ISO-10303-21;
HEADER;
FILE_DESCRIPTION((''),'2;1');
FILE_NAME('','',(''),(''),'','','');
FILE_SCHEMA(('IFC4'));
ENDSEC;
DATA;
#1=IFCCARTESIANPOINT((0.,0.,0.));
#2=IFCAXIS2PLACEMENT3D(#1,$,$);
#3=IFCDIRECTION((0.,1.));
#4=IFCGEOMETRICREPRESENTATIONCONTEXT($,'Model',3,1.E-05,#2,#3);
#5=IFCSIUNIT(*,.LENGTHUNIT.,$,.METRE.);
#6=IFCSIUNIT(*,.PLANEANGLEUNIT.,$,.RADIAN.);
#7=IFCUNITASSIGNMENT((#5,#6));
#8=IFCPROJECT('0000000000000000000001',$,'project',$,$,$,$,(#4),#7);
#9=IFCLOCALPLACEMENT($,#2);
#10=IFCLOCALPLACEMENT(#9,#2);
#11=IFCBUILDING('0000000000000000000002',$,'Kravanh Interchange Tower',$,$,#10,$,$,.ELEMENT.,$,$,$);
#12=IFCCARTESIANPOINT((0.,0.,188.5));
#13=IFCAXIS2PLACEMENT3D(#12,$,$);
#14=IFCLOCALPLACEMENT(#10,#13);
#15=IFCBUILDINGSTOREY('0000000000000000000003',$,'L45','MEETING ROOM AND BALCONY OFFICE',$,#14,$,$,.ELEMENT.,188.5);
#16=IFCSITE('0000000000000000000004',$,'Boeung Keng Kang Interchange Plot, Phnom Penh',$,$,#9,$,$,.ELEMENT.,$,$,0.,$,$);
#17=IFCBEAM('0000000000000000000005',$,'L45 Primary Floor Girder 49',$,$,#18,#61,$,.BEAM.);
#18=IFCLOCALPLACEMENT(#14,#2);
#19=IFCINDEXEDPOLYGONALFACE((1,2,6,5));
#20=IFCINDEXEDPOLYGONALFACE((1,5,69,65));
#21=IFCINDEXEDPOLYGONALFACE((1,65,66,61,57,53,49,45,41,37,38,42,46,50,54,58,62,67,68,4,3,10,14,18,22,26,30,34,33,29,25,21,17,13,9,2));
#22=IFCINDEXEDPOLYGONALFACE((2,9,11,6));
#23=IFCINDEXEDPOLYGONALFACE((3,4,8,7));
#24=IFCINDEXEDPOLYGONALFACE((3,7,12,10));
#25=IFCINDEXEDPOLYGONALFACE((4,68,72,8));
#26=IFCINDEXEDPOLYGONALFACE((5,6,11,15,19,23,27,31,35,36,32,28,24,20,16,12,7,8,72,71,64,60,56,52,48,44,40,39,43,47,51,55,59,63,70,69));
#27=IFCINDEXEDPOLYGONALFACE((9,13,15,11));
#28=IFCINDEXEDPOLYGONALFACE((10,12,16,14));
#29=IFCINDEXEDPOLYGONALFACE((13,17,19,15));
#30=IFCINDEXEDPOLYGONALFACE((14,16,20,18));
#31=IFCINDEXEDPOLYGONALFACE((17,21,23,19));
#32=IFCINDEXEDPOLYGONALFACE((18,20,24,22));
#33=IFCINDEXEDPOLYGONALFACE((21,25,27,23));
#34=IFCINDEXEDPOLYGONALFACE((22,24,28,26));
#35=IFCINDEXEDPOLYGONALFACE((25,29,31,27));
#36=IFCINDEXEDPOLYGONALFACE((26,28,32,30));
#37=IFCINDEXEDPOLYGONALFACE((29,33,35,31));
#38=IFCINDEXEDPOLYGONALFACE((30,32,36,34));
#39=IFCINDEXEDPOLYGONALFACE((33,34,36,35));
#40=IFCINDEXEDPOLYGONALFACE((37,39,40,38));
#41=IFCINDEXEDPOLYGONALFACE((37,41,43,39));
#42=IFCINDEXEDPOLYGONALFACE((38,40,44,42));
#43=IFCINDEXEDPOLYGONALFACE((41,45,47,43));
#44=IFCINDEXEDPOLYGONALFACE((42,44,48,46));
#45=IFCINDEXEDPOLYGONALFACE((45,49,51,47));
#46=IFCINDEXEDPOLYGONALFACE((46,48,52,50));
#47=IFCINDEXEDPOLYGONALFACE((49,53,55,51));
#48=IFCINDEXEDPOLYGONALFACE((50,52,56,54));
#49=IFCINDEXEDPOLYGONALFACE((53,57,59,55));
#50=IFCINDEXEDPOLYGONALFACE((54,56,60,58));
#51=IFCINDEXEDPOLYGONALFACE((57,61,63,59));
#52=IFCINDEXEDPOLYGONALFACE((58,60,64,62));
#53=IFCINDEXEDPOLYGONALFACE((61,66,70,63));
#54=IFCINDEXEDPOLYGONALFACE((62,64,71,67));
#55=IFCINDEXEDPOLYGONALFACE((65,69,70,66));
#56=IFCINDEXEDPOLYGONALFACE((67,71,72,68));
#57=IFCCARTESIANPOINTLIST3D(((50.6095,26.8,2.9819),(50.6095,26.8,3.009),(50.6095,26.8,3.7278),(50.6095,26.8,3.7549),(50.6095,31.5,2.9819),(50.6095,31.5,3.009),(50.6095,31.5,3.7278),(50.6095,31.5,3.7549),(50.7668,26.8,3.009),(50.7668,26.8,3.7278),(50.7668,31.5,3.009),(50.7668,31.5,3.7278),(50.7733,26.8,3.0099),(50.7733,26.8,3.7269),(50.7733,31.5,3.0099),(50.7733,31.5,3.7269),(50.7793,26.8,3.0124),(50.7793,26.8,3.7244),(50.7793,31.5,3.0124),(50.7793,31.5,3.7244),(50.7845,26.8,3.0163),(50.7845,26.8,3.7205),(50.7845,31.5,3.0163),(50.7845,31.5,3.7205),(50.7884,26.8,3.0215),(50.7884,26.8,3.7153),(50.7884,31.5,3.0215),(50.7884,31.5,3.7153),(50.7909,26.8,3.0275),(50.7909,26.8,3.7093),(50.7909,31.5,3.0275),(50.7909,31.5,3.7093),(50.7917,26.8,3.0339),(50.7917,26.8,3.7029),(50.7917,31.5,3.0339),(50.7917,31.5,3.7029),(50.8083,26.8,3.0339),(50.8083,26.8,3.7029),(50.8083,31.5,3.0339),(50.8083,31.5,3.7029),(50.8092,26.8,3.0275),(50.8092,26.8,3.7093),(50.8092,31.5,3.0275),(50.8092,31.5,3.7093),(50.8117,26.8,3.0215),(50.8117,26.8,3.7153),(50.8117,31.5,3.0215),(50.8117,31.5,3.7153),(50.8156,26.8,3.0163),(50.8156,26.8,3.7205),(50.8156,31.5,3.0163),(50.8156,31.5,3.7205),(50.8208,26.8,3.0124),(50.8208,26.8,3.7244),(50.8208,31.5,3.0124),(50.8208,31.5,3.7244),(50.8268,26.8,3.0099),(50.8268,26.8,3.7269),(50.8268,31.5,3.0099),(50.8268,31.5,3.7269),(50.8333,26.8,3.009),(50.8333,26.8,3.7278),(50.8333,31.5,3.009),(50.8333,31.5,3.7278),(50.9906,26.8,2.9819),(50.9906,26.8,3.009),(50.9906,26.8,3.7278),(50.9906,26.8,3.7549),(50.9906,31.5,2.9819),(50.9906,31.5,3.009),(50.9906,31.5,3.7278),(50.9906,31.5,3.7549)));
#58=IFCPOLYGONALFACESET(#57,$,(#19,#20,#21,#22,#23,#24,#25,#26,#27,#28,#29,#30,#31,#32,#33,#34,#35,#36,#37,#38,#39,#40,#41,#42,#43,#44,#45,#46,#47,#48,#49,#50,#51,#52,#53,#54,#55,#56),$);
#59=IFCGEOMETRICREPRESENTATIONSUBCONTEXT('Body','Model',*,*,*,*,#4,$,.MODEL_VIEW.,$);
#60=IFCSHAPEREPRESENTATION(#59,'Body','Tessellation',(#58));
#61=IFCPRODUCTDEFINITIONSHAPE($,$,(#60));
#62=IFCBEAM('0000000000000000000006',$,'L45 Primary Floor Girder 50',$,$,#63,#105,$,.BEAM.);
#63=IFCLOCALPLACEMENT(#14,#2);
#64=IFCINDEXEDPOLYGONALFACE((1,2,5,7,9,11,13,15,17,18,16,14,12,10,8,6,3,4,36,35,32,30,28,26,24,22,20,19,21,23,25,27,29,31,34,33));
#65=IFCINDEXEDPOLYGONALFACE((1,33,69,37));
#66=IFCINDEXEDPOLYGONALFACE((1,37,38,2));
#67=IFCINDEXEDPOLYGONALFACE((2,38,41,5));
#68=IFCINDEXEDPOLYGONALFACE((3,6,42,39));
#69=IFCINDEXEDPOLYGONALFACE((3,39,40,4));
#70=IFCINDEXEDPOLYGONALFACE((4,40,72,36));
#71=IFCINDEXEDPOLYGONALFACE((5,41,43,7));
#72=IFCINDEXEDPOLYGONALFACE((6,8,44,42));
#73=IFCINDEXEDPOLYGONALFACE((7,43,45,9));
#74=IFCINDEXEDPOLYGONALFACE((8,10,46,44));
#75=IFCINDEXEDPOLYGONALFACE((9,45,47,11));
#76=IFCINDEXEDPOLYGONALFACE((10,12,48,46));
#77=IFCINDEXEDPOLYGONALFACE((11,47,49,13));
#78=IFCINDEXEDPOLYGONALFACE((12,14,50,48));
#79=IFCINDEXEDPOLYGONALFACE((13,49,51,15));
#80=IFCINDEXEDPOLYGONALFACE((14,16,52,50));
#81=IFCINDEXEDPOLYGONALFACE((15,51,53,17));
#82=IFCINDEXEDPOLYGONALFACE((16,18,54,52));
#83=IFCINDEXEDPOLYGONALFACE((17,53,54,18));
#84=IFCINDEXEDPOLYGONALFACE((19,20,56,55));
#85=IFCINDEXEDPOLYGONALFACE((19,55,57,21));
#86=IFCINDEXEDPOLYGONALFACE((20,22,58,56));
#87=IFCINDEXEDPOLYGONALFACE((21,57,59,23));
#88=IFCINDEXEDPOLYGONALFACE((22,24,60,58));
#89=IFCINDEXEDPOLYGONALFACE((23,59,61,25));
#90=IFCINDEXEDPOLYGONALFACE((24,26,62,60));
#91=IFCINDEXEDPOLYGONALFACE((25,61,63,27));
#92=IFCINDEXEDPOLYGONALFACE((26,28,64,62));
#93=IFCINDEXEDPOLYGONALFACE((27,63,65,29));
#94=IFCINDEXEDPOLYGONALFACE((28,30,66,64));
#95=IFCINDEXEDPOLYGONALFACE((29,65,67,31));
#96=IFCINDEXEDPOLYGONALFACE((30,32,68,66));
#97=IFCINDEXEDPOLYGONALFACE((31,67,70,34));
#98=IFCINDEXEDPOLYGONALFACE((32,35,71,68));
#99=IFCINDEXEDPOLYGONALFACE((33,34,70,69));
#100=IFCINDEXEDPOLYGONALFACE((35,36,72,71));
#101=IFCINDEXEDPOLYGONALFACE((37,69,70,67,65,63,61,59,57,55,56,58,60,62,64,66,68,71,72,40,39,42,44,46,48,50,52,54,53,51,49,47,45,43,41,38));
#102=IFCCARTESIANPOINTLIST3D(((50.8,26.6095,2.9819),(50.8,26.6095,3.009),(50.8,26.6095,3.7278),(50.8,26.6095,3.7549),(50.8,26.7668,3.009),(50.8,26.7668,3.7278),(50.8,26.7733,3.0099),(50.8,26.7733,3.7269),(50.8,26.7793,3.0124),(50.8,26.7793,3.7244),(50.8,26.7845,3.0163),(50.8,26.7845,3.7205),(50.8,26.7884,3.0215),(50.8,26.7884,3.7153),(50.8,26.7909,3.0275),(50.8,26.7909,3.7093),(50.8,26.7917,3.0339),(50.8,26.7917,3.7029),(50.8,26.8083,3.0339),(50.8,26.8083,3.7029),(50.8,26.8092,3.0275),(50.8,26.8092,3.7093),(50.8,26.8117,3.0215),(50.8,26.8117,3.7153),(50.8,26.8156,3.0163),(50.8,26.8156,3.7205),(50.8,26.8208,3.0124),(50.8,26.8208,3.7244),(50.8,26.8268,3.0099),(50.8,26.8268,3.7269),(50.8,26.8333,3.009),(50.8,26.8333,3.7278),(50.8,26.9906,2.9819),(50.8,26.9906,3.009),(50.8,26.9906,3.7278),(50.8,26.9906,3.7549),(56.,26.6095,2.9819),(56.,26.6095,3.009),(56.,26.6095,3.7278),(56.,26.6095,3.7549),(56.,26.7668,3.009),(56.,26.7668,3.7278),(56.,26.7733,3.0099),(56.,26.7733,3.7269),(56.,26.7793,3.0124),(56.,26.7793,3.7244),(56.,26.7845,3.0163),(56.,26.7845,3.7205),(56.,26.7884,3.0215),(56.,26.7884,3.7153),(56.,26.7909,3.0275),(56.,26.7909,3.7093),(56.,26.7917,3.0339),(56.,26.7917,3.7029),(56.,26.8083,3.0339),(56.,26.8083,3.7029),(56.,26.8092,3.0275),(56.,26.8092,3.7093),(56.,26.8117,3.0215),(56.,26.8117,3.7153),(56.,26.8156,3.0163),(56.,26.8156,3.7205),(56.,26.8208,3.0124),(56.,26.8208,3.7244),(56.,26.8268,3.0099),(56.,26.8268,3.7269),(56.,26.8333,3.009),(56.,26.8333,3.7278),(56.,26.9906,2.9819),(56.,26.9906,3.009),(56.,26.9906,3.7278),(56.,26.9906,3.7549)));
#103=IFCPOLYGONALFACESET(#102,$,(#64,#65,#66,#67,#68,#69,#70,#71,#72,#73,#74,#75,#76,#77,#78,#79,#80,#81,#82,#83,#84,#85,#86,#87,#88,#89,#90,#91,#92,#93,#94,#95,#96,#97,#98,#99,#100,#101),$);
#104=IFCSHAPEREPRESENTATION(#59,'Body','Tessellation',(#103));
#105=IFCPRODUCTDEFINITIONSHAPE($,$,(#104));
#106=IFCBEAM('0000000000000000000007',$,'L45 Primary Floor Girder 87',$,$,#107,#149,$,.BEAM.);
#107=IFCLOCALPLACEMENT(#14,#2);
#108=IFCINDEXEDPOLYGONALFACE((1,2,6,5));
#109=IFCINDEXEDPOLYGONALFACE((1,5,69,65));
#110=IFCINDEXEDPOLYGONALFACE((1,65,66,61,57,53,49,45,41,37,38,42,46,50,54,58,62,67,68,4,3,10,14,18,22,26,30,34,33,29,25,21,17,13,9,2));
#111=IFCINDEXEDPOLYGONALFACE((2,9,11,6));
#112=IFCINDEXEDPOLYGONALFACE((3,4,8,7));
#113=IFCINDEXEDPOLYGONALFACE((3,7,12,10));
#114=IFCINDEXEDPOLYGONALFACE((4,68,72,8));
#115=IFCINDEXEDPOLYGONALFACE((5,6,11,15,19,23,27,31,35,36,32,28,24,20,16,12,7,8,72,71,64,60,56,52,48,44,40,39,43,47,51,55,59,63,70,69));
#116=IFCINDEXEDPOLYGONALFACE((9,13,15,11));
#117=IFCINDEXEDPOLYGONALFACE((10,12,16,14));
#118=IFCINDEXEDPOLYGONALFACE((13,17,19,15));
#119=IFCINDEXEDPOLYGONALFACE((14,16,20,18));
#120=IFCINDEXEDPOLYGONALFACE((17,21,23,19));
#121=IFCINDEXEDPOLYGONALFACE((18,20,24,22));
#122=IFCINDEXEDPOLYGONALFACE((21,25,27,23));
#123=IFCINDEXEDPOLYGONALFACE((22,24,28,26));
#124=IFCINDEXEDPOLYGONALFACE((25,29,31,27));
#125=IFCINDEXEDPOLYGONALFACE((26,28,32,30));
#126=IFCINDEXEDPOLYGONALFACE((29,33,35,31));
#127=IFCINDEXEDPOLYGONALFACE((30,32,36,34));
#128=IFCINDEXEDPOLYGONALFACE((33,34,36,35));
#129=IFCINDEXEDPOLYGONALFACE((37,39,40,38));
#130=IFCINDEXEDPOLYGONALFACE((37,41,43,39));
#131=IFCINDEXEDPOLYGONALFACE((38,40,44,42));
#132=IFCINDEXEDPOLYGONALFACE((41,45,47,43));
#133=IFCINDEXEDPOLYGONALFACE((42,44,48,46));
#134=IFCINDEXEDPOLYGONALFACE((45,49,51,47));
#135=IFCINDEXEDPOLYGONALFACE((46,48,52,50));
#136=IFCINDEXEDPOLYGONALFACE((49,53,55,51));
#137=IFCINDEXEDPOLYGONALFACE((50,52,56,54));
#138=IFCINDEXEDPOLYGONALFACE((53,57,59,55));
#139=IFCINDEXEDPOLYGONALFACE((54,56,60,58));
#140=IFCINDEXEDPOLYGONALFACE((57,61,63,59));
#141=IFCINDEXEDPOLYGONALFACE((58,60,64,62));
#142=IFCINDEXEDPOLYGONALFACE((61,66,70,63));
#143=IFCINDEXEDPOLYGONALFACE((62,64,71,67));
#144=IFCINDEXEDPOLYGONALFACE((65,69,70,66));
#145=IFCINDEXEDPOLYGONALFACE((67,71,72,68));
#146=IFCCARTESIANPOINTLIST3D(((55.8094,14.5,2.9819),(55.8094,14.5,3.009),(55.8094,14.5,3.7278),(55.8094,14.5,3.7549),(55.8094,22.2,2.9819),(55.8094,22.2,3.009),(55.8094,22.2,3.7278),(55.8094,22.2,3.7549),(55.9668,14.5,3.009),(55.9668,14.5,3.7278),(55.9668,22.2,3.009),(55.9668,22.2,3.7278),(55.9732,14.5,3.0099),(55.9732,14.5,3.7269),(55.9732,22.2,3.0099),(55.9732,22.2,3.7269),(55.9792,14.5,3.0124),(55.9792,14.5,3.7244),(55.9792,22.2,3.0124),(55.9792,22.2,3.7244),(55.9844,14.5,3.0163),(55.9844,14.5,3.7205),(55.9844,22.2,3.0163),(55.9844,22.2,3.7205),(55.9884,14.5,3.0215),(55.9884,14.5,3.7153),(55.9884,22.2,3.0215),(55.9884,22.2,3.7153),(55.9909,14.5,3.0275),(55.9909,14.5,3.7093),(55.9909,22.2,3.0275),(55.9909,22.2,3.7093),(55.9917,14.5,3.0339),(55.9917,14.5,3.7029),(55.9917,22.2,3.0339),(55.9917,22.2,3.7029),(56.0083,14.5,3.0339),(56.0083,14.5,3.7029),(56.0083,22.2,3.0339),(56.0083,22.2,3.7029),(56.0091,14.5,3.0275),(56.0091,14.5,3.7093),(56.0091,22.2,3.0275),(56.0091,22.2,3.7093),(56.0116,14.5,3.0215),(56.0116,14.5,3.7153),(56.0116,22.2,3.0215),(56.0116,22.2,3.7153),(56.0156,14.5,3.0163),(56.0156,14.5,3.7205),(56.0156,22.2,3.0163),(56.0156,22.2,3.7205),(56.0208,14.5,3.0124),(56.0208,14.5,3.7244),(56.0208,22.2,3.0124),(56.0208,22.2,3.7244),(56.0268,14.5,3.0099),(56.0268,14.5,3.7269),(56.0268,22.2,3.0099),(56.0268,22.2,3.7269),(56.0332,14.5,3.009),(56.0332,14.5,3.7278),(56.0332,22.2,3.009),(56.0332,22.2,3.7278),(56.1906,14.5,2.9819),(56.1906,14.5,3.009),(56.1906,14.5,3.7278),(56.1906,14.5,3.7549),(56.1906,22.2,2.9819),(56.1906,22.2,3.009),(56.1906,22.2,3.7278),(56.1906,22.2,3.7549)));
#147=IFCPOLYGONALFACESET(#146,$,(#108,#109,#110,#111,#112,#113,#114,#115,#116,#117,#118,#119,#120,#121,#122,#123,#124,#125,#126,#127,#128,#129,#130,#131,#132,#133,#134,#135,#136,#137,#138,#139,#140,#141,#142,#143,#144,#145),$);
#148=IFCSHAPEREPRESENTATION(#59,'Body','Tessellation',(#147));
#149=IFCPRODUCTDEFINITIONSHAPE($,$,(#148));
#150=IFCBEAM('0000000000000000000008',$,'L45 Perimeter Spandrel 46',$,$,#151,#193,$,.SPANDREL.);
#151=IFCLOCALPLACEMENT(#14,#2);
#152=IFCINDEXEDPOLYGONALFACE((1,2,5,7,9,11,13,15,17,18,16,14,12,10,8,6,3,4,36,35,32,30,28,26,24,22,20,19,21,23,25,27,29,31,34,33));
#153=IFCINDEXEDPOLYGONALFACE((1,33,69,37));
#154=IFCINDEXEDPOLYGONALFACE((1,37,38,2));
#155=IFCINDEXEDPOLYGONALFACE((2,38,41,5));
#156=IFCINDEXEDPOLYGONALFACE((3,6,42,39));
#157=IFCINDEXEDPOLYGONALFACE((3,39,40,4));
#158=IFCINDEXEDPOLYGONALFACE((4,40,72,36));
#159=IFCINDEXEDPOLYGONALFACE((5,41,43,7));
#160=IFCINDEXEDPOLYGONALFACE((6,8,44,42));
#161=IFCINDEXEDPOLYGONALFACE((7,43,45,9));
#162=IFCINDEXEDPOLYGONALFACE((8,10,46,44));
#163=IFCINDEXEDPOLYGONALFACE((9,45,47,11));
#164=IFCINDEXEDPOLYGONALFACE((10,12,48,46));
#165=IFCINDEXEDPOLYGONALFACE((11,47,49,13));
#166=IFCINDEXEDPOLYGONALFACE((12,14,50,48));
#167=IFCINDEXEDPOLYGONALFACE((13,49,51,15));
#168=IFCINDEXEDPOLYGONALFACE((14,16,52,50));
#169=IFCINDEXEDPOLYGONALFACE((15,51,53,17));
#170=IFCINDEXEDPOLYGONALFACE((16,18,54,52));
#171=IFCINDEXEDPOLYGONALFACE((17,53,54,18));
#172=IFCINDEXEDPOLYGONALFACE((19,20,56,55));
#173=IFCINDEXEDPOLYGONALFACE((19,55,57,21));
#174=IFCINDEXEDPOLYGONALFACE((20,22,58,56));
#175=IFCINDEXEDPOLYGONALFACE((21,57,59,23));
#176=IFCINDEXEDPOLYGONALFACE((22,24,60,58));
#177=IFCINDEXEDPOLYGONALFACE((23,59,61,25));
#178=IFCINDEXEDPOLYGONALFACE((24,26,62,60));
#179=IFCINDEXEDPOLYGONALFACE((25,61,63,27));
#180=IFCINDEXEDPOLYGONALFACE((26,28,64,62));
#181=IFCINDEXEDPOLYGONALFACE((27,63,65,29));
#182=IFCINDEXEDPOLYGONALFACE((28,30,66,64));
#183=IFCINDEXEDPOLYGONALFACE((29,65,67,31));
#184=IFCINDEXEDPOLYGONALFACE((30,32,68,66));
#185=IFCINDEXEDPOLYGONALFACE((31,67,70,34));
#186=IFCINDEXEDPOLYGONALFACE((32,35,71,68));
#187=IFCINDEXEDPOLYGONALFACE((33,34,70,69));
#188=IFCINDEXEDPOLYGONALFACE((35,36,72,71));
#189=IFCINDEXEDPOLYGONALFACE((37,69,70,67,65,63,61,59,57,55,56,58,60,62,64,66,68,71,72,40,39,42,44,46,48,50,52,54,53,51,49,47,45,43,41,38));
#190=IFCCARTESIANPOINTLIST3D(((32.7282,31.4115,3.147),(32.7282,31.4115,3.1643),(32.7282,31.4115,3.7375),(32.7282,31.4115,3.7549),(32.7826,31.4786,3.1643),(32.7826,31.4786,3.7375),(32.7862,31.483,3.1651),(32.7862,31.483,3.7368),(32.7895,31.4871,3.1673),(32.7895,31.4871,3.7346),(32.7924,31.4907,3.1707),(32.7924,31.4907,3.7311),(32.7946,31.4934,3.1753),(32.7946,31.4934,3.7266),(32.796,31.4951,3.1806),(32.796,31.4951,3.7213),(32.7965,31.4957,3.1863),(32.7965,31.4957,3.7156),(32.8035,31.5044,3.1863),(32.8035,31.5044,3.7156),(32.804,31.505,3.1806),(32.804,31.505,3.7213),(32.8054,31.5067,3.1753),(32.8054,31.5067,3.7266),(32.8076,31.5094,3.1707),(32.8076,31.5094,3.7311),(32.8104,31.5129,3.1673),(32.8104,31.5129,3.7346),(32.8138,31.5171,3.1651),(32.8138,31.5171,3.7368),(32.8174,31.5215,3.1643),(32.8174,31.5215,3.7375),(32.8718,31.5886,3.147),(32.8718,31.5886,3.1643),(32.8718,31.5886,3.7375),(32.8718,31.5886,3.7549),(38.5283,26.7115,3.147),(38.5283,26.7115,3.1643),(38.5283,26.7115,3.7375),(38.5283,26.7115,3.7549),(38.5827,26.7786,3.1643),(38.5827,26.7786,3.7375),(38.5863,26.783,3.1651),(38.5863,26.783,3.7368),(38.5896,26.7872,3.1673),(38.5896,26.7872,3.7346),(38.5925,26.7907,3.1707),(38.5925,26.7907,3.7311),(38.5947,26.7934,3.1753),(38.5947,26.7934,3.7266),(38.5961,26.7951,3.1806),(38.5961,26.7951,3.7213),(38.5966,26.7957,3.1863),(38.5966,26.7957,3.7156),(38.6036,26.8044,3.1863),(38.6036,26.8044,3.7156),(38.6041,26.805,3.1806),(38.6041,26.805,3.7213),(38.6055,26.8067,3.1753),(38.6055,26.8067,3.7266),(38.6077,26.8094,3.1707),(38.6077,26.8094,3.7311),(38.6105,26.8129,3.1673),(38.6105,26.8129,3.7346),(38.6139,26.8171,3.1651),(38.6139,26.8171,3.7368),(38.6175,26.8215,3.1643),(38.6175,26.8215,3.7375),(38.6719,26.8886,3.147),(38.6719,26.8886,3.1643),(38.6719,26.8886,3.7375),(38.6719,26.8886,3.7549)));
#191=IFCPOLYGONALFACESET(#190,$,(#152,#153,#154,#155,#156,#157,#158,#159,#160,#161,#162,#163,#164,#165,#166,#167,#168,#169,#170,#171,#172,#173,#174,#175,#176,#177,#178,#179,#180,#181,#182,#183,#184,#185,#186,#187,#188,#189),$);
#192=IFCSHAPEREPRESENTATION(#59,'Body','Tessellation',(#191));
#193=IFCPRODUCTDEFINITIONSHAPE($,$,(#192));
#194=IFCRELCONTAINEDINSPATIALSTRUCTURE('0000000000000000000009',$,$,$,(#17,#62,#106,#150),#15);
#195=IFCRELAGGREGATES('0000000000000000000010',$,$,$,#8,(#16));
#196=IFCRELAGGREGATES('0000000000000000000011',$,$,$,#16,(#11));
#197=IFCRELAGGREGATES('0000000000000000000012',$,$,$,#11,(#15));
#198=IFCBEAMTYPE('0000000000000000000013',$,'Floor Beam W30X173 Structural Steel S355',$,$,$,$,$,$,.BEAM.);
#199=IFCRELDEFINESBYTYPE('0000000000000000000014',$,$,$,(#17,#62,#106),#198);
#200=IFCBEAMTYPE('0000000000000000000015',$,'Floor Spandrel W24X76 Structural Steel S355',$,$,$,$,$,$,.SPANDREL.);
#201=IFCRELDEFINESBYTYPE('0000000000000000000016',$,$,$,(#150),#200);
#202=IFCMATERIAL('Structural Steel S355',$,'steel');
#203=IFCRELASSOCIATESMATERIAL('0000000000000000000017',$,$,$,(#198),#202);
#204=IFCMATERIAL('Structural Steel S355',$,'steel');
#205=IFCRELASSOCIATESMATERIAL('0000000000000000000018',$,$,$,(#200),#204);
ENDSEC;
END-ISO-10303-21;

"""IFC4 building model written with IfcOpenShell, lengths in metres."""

from ifc_helpers import new_model, si_unit, direction, frame, origin, origin_2d, place, context, subcontext, project, spatial, i_section, extrude, material, material_profile, profile_set, type_object, element, save


model = new_model("IFC4")

# Units and contexts
model_context = context("Model", 3, precision=1e-05, world=origin(), true_north=direction((0.0, 1.0)))
body_context = subcontext(model_context, "Body", "Model", "MODEL_VIEW")
ifc_project = project(units=[si_unit("LENGTHUNIT", "METRE"), si_unit("PLANEANGLEUNIT", "RADIAN")], contexts=[model_context])

# Site, building, storey
site_placement = place(None, origin())
site = spatial("IfcSite", under=ifc_project, at=site_placement, Name="Boeung Keng Kang Interchange Plot, Phnom Penh", CompositionType="ELEMENT", RefElevation=0.0)
building_placement = place(site_placement, origin())
building = spatial("IfcBuilding", under=site, at=building_placement, Name="Kravanh Interchange Tower", CompositionType="ELEMENT")
storey_placement = place(building_placement, frame((0.0, 0.0, 188.5)))
storey = spatial("IfcBuildingStorey", under=building, at=storey_placement, Name="L45", Description="MEETING ROOM AND BALCONY OFFICE", CompositionType="ELEMENT", Elevation=188.5)

# Beams
ifc_material_1 = material(Name="Structural Steel S355", Category="steel")
ifc_material_profile_1 = material_profile(ifc_material_1, i_section(OverallWidth=0.3811, OverallDepth=0.7729, WebThickness=0.0166, FlangeThickness=0.0271, FilletRadius=0.0249, at=origin_2d()), Name="W30X173")
ifc_profile_set_1 = profile_set([ifc_material_profile_1], Name="Structural Steel S355")
beam_type_1 = type_object("IfcBeamType", Name="Floor Beam W30X173 Structural Steel S355", PredefinedType="BEAM", material=ifc_profile_set_1)
beam_1_placement = place(storey_placement, frame((50.8, 26.8, 3.3684), z_axis=(0.0, 1.0, 0.0), x_axis=(-1.0, 0.0, 0.0)))
element("IfcBeam", 1, at=beam_1_placement, inside=storey, type_object=beam_type_1, Name="L45 Primary Floor Girder 49", PredefinedType="BEAM", context=body_context, shape_type="SweptSolid", body=[
    extrude(i_section(OverallWidth=0.3811, OverallDepth=0.7729, WebThickness=0.0166, FlangeThickness=0.0271, FilletRadius=0.0249, at=origin_2d()), origin(), (0.0, 0.0, 1.0), 4.7),
])
beam_2_placement = place(storey_placement, frame((50.8, 26.8, 3.3684), z_axis=(1.0, 0.0, 0.0), x_axis=(0.0, 1.0, 0.0)))
element("IfcBeam", 2, at=beam_2_placement, inside=storey, type_object=beam_type_1, Name="L45 Primary Floor Girder 50", PredefinedType="BEAM", context=body_context, shape_type="SweptSolid", body=[
    extrude(i_section(OverallWidth=0.3811, OverallDepth=0.7729, WebThickness=0.0166, FlangeThickness=0.0271, FilletRadius=0.0249, at=origin_2d()), origin(), (0.0, 0.0, 1.0), 5.2),
])
beam_3_placement = place(storey_placement, frame((56.0, 14.5, 3.3684), z_axis=(0.0, 1.0, 0.0), x_axis=(-1.0, 0.0, 0.0)))
element("IfcBeam", 3, at=beam_3_placement, inside=storey, type_object=beam_type_1, Name="L45 Primary Floor Girder 87", PredefinedType="BEAM", context=body_context, shape_type="SweptSolid", body=[
    extrude(i_section(OverallWidth=0.3811, OverallDepth=0.7729, WebThickness=0.0166, FlangeThickness=0.0271, FilletRadius=0.0249, at=origin_2d()), origin(), (0.0, 0.0, 1.0), 7.7),
])
ifc_material_2 = material(Name="Structural Steel S355", Category="steel")
ifc_material_profile_2 = material_profile(ifc_material_2, i_section(OverallWidth=0.228, OverallDepth=0.6079, WebThickness=0.0112, FlangeThickness=0.0173, FilletRadius=0.022, at=origin_2d()), Name="W24X76")
ifc_profile_set_2 = profile_set([ifc_material_profile_2], Name="Structural Steel S355")
beam_type_2 = type_object("IfcBeamType", Name="Floor Spandrel W24X76 Structural Steel S355", PredefinedType="SPANDREL", material=ifc_profile_set_2)
beam_4_placement = place(storey_placement, frame((38.6001, 26.8, 3.4509), z_axis=(-0.776939, 0.629576, 0.0), x_axis=(-0.629576, -0.776939, 0.0)))
element("IfcBeam", 4, at=beam_4_placement, inside=storey, type_object=beam_type_2, Name="L45 Perimeter Spandrel 46", PredefinedType="SPANDREL", context=body_context, shape_type="SweptSolid", body=[
    extrude(i_section(OverallWidth=0.228, OverallDepth=0.6079, WebThickness=0.0112, FlangeThickness=0.0173, FilletRadius=0.022, at=origin_2d()), origin(), (0.0, 0.0, 1.0), 7.4653),
])

save(model, "model.ifc")
